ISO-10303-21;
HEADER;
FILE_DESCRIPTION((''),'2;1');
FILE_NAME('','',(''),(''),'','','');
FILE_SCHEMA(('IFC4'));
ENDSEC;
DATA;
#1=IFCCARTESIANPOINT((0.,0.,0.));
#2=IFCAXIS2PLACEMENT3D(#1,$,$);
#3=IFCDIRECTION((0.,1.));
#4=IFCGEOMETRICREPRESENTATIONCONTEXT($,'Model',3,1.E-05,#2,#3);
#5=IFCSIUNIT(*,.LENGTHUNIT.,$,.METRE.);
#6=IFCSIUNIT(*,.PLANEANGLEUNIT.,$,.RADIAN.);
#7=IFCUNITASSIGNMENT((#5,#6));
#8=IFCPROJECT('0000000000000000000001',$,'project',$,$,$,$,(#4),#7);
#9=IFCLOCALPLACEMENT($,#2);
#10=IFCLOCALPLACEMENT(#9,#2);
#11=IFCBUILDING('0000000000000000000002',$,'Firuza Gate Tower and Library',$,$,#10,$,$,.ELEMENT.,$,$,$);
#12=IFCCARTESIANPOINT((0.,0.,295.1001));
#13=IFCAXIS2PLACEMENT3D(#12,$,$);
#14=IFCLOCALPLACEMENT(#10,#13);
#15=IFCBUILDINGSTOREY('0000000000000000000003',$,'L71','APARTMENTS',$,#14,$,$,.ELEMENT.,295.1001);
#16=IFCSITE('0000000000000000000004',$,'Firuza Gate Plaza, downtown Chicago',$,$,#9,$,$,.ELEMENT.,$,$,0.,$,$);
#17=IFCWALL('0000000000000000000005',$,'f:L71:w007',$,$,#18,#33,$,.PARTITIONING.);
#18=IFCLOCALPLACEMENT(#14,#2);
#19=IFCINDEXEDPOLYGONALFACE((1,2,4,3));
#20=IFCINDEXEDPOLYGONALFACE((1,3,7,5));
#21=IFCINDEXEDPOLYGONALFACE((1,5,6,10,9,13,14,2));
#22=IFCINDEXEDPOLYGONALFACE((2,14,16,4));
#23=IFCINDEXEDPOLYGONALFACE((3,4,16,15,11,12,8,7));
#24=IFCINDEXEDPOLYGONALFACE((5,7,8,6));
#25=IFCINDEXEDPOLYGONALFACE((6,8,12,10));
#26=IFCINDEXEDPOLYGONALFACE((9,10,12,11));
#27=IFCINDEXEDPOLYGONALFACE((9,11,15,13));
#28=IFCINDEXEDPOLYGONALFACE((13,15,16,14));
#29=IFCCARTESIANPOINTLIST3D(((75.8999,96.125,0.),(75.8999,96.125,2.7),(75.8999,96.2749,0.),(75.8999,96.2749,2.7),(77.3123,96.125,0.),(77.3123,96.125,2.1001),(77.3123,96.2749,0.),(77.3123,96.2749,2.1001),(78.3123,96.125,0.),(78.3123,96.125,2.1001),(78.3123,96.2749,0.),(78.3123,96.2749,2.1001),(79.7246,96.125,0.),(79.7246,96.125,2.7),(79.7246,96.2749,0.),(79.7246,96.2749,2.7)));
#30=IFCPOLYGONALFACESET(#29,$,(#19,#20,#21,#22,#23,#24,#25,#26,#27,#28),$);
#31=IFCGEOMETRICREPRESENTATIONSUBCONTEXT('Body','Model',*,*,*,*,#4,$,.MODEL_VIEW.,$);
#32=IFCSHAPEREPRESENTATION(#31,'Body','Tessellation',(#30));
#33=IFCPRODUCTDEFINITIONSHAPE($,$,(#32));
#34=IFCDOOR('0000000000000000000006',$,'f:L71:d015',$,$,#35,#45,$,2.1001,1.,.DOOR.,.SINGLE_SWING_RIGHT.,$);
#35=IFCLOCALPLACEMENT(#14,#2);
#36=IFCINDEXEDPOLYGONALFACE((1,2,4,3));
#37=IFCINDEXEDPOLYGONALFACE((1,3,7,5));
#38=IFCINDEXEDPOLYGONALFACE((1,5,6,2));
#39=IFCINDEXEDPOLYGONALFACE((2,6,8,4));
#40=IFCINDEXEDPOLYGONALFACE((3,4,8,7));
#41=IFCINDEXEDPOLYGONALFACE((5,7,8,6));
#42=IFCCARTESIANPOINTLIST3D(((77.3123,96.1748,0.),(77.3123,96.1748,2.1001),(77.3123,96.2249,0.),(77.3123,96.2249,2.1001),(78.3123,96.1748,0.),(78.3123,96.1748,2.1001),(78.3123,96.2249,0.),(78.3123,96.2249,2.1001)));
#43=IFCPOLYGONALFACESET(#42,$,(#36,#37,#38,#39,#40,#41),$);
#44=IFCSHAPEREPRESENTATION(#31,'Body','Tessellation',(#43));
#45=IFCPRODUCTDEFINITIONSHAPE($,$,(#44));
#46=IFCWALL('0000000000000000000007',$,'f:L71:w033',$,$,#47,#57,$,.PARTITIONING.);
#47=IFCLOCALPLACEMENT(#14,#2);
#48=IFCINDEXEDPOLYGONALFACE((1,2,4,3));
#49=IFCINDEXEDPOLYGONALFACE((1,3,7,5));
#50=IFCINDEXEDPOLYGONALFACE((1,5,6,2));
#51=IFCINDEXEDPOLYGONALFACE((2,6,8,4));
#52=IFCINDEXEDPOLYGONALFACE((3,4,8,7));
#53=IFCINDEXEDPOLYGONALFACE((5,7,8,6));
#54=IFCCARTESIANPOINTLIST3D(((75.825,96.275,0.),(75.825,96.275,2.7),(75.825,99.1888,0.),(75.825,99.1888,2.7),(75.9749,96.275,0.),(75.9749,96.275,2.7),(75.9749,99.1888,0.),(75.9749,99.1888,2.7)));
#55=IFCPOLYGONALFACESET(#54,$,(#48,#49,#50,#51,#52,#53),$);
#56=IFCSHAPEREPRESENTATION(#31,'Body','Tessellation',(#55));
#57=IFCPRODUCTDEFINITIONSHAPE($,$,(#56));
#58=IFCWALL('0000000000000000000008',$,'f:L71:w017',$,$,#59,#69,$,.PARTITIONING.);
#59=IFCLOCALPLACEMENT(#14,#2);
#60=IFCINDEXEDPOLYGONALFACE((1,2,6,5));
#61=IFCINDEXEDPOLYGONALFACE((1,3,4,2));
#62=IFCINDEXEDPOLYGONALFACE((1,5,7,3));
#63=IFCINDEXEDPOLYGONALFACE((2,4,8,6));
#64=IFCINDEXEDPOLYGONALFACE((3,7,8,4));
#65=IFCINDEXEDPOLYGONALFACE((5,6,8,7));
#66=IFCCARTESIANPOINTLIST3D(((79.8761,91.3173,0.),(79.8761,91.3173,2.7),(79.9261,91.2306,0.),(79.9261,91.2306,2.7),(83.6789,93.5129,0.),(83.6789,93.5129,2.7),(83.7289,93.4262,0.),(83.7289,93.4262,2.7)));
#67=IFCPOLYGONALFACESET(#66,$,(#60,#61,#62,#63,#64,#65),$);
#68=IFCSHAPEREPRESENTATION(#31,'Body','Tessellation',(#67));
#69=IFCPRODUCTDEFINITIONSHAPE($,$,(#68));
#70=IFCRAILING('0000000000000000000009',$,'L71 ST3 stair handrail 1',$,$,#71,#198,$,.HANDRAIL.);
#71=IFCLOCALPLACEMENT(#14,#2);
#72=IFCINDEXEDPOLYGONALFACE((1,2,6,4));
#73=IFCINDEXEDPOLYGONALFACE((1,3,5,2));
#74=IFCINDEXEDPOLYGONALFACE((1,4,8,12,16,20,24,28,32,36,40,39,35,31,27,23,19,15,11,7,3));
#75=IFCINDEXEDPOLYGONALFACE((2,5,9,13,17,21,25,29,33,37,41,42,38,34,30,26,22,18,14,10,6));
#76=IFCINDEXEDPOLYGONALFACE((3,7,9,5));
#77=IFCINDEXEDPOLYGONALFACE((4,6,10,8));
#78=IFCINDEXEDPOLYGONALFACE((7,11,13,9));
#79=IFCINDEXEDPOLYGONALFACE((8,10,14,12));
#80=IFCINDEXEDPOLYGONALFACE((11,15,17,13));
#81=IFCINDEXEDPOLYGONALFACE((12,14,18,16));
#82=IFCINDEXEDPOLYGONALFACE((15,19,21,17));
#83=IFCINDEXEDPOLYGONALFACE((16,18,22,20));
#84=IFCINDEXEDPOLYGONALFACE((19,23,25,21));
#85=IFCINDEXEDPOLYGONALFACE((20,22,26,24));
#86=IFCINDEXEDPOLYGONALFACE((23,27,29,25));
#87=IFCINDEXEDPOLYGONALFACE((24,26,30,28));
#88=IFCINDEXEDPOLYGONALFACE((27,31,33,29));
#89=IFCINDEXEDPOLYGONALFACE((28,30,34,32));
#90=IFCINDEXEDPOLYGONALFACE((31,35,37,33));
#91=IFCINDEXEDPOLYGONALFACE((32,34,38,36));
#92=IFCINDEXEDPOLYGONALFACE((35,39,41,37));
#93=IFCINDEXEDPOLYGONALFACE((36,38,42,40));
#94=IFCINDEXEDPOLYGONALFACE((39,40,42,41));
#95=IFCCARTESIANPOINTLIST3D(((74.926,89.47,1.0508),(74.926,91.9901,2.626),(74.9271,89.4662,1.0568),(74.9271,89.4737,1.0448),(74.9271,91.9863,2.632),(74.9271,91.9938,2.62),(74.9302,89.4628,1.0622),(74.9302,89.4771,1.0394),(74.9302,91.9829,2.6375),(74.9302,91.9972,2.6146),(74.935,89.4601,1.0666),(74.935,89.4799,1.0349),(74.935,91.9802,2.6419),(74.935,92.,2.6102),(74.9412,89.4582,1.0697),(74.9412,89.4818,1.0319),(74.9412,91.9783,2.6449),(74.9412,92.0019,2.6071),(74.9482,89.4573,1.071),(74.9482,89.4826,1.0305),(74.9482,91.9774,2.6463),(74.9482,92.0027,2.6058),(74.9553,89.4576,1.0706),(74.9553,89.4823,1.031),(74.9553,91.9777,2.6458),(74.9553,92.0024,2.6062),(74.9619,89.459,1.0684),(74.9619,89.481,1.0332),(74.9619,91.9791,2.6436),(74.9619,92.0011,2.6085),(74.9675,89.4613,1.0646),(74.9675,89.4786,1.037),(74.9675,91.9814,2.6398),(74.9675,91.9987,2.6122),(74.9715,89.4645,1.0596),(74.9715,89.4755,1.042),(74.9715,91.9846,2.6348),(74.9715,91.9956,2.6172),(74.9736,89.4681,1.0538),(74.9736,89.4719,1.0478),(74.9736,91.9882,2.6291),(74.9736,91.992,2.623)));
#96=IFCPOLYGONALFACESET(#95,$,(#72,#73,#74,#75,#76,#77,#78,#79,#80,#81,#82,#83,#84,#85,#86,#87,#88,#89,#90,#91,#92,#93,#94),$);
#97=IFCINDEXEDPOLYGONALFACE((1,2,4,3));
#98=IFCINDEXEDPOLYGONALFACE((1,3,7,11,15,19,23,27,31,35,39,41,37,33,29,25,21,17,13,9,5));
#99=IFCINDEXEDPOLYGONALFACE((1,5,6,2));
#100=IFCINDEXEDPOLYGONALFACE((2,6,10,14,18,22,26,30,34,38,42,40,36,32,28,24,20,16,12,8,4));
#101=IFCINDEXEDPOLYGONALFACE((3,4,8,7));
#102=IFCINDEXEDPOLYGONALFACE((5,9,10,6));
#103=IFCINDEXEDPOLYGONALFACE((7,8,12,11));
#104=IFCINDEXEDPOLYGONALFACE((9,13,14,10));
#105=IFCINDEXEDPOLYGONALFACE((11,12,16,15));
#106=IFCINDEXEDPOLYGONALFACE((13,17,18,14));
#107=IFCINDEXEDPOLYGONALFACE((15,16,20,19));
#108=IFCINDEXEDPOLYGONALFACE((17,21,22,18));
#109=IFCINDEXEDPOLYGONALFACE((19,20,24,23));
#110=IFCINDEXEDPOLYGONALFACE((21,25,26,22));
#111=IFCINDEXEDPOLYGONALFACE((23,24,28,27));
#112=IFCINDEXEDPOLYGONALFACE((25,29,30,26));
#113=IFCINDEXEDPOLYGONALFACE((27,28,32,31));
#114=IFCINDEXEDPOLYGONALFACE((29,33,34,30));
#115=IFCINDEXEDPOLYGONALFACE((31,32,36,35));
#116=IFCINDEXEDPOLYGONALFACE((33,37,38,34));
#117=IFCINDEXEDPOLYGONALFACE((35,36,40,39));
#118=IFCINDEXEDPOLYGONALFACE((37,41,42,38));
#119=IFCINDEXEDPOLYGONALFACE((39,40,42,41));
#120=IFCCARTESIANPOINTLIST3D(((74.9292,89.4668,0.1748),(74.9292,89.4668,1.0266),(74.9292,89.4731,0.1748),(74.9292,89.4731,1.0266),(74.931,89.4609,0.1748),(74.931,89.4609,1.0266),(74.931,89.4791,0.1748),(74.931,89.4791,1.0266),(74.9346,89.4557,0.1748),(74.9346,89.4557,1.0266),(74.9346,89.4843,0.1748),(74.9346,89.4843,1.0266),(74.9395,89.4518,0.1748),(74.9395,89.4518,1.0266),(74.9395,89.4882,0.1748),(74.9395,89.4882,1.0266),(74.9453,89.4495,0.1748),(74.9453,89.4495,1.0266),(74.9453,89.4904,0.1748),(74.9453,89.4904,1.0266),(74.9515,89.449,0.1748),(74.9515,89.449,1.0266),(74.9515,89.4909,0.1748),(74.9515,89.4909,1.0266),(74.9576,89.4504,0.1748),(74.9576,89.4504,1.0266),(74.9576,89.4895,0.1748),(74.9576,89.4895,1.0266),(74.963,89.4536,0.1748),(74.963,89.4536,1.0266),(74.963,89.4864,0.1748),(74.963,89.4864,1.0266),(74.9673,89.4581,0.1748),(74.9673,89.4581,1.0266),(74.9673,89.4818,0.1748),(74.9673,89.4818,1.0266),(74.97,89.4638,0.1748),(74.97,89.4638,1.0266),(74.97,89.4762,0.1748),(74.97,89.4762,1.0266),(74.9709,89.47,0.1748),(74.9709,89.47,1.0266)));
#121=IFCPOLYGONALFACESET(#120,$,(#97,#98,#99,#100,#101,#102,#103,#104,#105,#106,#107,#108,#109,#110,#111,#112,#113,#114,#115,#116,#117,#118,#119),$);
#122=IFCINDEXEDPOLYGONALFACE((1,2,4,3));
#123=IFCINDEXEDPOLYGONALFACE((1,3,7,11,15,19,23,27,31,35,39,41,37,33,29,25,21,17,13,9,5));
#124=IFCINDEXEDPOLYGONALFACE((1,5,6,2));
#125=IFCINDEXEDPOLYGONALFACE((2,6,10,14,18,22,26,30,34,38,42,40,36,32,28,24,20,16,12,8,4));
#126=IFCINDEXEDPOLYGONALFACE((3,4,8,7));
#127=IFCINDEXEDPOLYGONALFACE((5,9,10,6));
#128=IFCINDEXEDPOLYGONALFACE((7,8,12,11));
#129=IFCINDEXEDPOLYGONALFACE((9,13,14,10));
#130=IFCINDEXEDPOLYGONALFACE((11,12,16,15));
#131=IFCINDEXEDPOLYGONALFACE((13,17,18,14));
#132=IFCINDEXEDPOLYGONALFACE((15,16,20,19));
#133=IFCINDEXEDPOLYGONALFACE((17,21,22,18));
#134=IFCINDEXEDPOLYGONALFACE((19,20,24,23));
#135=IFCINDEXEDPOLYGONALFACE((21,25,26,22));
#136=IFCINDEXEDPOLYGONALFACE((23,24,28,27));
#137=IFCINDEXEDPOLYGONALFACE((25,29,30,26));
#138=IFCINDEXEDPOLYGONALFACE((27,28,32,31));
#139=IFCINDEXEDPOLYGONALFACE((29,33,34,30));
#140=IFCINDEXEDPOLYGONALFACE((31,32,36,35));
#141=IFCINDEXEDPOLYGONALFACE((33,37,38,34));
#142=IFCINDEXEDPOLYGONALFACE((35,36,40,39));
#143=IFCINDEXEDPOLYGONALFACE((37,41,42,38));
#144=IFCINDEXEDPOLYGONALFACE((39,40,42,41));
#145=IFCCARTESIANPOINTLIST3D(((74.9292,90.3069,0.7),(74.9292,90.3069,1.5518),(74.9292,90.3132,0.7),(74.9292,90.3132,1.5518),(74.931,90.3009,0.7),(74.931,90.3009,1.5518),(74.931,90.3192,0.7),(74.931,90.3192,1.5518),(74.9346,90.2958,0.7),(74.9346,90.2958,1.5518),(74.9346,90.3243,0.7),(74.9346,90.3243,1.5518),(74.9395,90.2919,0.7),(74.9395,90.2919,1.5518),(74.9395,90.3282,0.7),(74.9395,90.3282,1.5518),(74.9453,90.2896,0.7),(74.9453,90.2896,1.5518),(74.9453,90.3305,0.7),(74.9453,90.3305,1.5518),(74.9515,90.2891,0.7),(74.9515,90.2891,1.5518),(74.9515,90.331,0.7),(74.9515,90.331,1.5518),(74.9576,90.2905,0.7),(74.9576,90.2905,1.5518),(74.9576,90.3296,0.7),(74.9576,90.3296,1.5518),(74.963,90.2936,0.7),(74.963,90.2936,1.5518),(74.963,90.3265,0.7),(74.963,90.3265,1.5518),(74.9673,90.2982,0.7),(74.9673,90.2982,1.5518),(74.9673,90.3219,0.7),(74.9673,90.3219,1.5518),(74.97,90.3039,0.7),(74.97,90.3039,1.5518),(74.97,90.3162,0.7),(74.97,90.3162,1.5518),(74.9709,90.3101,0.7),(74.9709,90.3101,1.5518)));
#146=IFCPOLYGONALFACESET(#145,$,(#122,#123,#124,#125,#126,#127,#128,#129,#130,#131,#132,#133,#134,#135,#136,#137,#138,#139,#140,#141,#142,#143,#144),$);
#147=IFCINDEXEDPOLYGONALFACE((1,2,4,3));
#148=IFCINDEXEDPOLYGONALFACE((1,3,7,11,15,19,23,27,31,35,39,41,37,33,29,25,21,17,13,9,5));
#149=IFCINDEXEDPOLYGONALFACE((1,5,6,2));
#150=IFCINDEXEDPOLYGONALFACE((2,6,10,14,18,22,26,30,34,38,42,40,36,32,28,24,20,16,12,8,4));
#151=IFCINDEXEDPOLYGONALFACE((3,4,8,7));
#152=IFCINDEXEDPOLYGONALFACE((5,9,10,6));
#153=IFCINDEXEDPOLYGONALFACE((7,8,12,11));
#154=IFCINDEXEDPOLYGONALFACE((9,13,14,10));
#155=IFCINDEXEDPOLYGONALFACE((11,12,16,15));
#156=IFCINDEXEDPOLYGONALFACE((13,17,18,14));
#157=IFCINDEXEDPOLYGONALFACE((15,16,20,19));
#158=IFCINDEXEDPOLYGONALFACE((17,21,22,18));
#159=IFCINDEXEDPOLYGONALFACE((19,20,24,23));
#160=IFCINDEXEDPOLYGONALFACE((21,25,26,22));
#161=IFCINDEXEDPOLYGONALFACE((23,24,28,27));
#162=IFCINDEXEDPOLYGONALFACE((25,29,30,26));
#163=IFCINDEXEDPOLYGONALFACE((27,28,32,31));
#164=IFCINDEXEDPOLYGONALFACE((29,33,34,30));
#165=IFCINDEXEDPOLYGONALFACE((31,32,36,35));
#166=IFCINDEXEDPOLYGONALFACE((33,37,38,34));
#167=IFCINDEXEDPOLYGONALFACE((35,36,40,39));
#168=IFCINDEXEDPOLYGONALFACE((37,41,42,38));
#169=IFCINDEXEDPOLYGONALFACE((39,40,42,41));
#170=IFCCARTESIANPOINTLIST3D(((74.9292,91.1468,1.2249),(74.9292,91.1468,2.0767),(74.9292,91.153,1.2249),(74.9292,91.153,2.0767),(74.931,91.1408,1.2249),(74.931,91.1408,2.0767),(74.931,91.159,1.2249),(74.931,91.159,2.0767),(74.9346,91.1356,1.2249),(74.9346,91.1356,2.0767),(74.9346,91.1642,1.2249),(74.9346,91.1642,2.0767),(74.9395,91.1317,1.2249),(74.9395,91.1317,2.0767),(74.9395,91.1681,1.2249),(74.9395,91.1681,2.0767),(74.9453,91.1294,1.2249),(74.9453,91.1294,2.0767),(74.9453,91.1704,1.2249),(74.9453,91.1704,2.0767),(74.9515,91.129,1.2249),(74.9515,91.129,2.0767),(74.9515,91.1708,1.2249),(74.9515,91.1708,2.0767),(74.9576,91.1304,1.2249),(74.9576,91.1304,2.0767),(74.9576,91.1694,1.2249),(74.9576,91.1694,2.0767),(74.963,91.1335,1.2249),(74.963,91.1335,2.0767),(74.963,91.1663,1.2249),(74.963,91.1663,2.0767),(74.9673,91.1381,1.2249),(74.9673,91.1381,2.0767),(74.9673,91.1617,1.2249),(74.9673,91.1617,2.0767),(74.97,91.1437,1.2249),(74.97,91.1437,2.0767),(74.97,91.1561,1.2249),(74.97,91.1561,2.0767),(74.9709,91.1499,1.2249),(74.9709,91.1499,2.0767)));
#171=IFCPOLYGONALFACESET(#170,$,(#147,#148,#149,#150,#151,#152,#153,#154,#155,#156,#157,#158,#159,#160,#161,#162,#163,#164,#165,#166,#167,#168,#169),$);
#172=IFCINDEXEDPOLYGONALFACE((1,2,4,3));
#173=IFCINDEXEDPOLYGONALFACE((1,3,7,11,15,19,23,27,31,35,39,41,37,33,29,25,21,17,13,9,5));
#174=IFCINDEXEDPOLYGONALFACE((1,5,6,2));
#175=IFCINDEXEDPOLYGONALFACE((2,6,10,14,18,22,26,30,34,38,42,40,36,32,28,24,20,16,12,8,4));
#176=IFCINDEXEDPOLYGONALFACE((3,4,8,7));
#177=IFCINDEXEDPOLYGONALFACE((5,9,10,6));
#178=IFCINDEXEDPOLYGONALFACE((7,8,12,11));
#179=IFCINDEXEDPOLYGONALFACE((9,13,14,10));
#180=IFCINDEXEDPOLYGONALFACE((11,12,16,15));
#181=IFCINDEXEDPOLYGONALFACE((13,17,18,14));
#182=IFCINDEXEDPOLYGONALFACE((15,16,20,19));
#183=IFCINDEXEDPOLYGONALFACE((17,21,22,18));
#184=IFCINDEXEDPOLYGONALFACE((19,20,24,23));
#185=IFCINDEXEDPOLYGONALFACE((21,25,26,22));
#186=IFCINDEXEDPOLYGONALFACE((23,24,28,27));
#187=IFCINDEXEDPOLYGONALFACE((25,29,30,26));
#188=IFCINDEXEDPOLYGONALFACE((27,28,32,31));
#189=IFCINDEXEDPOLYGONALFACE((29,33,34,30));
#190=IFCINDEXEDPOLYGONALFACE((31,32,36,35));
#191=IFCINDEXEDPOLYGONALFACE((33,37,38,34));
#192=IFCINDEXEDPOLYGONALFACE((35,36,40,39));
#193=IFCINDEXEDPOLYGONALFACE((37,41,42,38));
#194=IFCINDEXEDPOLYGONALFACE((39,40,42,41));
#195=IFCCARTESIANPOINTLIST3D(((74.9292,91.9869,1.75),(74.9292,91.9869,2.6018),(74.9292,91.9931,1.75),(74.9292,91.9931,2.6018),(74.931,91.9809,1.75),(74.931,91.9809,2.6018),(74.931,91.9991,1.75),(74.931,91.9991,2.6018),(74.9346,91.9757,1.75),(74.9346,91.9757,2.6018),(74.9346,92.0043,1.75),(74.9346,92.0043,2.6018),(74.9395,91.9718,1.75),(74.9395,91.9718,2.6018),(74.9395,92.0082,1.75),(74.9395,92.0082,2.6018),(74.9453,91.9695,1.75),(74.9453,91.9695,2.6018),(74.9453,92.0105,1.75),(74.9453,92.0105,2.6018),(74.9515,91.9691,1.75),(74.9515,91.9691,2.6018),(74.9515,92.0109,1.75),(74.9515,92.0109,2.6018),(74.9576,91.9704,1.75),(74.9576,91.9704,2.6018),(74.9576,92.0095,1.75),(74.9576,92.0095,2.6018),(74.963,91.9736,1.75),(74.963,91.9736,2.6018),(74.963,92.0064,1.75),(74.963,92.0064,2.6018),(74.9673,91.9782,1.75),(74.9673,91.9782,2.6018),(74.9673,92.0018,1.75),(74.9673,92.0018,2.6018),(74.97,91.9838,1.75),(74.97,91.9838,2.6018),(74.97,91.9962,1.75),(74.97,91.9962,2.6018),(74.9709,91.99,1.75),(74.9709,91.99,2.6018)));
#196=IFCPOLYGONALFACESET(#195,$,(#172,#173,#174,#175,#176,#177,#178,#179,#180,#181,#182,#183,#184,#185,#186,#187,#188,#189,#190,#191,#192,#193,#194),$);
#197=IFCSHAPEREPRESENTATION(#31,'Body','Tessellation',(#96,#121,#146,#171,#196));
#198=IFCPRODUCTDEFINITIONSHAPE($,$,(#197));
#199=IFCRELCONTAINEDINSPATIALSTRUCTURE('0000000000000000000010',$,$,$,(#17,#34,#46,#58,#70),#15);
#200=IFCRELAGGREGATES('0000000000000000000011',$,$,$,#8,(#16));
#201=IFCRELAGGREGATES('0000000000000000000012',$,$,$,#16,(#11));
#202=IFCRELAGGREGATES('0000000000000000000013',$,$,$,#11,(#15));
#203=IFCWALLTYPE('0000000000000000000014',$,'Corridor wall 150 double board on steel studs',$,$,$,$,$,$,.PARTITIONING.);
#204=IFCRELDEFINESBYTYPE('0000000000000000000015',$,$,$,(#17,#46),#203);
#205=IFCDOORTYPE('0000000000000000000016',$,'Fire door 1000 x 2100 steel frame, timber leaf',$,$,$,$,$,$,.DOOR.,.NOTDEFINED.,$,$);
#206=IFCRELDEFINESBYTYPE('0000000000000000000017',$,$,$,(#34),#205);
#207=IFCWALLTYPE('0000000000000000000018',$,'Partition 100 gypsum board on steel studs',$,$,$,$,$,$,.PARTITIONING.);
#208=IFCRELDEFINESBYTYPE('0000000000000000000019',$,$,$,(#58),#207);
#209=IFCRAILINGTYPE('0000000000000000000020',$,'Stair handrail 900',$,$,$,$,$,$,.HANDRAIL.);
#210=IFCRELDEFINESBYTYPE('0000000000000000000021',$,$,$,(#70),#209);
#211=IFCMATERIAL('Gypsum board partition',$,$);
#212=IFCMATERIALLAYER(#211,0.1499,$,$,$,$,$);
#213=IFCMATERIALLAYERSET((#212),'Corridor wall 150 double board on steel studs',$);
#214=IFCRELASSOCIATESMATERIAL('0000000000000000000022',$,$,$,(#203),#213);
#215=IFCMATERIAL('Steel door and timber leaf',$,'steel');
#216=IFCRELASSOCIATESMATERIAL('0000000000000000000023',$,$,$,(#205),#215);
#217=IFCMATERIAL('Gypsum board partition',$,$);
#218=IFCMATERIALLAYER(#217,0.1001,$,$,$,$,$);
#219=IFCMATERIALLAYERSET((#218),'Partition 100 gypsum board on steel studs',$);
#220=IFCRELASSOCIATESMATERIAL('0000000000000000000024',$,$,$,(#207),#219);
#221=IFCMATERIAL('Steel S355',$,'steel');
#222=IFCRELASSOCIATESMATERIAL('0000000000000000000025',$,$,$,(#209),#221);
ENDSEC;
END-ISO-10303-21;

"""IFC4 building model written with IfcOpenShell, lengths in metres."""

from ifc_helpers import new_model, si_unit, direction, frame, frame_2d, origin, origin_2d, place, context, subcontext, project, spatial, rectangle, circle, extrude, material, layer, layer_set, type_object, element, fill, save


model = new_model("IFC4")

# Units and contexts
model_context = context("Model", 3, precision=1e-05, world=origin(), true_north=direction((0.0, 1.0)))
body_context = subcontext(model_context, "Body", "Model", "MODEL_VIEW")
ifc_project = project(units=[si_unit("LENGTHUNIT", "METRE"), si_unit("PLANEANGLEUNIT", "RADIAN")], contexts=[model_context])

# Site, building, storey
site_placement = place(None, origin())
site = spatial("IfcSite", under=ifc_project, at=site_placement, Name="Firuza Gate Plaza, downtown Chicago", CompositionType="ELEMENT", RefElevation=0.0)
building_placement = place(site_placement, origin())
building = spatial("IfcBuilding", under=site, at=building_placement, Name="Firuza Gate Tower and Library", CompositionType="ELEMENT")
storey_placement = place(building_placement, frame((0.0, 0.0, 295.1001)))
storey = spatial("IfcBuildingStorey", under=building, at=storey_placement, Name="L71", Description="APARTMENTS", CompositionType="ELEMENT", Elevation=295.1001)

# Wall, opening, door
ifc_material_1 = material(Name="Gypsum board partition")
ifc_layer_1 = layer(ifc_material_1, 0.1499)
ifc_layer_set_1 = layer_set([ifc_layer_1], Name="Corridor wall 150 double board on steel studs")
wall_type_1 = type_object("IfcWallType", Name="Corridor wall 150 double board on steel studs", PredefinedType="PARTITIONING", material=ifc_layer_set_1)
wall_1_placement = place(storey_placement, frame((75.8999, 96.2, 0.0), z_axis=(0.0, 0.0, 1.0), x_axis=(1.0, 0.0, 0.0)))
wall_1 = element("IfcWall", 1, at=wall_1_placement, inside=storey, type_object=wall_type_1, Name="f:L71:w007", PredefinedType="PARTITIONING", context=body_context, shape_type="SweptSolid", body=[
    extrude(rectangle(XDim=3.8247, YDim=0.1499, at=frame_2d((1.9124, 0.0))), origin(), (0.0, 0.0, 1.0), 2.7),
])
opening_1_placement = place(wall_1_placement, frame((1.4124, 0.0, 0.0)))
opening_1 = element("IfcOpeningElement", 2, at=opening_1_placement, cuts=wall_1, PredefinedType="OPENING", context=body_context, shape_type="SweptSolid", body=[
    extrude(rectangle(XDim=1.0, YDim=2.1001, at=frame_2d((0.5, 1.05))), frame((0.0, 0.085, 0.0), z_axis=(0.0, -1.0, 0.0), x_axis=(1.0, 0.0, 0.0)), (0.0, 0.0, 1.0), 0.1699),
])
ifc_material_2 = material(Name="Steel door and timber leaf", Category="steel")
door_type_1 = type_object("IfcDoorType", Name="Fire door 1000 x 2100 steel frame, timber leaf", OperationType="NOTDEFINED", PredefinedType="DOOR", material=ifc_material_2)
door_1_placement = place(opening_1_placement, origin())
door_1 = element("IfcDoor", 3, at=door_1_placement, inside=storey, type_object=door_type_1, Name="f:L71:d015", OperationType="SINGLE_SWING_RIGHT", OverallHeight=2.1001, OverallWidth=1.0, PredefinedType="DOOR", context=body_context, shape_type="SweptSolid", body=[
    extrude(rectangle(XDim=1.0, YDim=2.1001, at=frame_2d((0.5, 1.05))), frame((0.0, 0.0249, 0.0), z_axis=(0.0, -1.0, 0.0), x_axis=(1.0, 0.0, 0.0)), (0.0, 0.0, 1.0), 0.05),
])
fill(opening_1, door_1)

# Walls
wall_2_placement = place(storey_placement, frame((75.8999, 96.2749, 0.0), z_axis=(0.0, 0.0, 1.0), x_axis=(0.0, 1.0, 0.0)))
element("IfcWall", 4, at=wall_2_placement, inside=storey, type_object=wall_type_1, Name="f:L71:w033", PredefinedType="PARTITIONING", context=body_context, shape_type="SweptSolid", body=[
    extrude(rectangle(XDim=2.9138, YDim=0.1499, at=frame_2d((1.457, 0.0))), origin(), (0.0, 0.0, 1.0), 2.7),
])
ifc_material_3 = material(Name="Gypsum board partition")
ifc_layer_2 = layer(ifc_material_3, 0.1001)
ifc_layer_set_2 = layer_set([ifc_layer_2], Name="Partition 100 gypsum board on steel studs")
wall_type_2 = type_object("IfcWallType", Name="Partition 100 gypsum board on steel studs", PredefinedType="PARTITIONING", material=ifc_layer_set_2)
wall_3_placement = place(storey_placement, frame((79.9011, 91.2739, 0.0), z_axis=(0.0, 0.0, 1.0), x_axis=(0.866021, 0.500008, 0.0)))
element("IfcWall", 5, at=wall_3_placement, inside=storey, type_object=wall_type_2, Name="f:L71:w017", PredefinedType="PARTITIONING", context=body_context, shape_type="SweptSolid", body=[
    extrude(rectangle(XDim=4.3911, YDim=0.1001, at=frame_2d((2.1956, 0.0))), origin(), (0.0, 0.0, 1.0), 2.7),
])

# Railing
ifc_material_4 = material(Name="Steel S355", Category="steel")
railing_type = type_object("IfcRailingType", Name="Stair handrail 900", PredefinedType="HANDRAIL", material=ifc_material_4)
railing_placement = place(storey_placement, frame((74.95, 89.47, 0.1748)))
element("IfcRailing", 6, at=railing_placement, inside=storey, type_object=railing_type, Name="L71 ST3 stair handrail 1", PredefinedType="HANDRAIL", context=body_context, shape_type="SweptSolid", body=[
    extrude(circle(Radius=0.0239, at=origin_2d()), frame((0.0, 0.0, 0.876), z_axis=(0.0, 0.847971, 0.530043), x_axis=(-1.0, 0.0, 0.0)), (0.0, 0.0, 1.0), 2.9719),
    extrude(circle(Radius=0.021, at=origin_2d()), origin(), (0.0, 0.0, 1.0), 0.8518),
    extrude(circle(Radius=0.021, at=origin_2d()), frame((0.0, 0.8401, 0.5251)), (0.0, 0.0, 1.0), 0.8518),
    extrude(circle(Radius=0.021, at=origin_2d()), frame((0.0, 1.6799, 1.05)), (0.0, 0.0, 1.0), 0.8518),
    extrude(circle(Radius=0.021, at=origin_2d()), frame((0.0, 2.52, 1.5752)), (0.0, 0.0, 1.0), 0.8518),
])

save(model, "model.ifc")
